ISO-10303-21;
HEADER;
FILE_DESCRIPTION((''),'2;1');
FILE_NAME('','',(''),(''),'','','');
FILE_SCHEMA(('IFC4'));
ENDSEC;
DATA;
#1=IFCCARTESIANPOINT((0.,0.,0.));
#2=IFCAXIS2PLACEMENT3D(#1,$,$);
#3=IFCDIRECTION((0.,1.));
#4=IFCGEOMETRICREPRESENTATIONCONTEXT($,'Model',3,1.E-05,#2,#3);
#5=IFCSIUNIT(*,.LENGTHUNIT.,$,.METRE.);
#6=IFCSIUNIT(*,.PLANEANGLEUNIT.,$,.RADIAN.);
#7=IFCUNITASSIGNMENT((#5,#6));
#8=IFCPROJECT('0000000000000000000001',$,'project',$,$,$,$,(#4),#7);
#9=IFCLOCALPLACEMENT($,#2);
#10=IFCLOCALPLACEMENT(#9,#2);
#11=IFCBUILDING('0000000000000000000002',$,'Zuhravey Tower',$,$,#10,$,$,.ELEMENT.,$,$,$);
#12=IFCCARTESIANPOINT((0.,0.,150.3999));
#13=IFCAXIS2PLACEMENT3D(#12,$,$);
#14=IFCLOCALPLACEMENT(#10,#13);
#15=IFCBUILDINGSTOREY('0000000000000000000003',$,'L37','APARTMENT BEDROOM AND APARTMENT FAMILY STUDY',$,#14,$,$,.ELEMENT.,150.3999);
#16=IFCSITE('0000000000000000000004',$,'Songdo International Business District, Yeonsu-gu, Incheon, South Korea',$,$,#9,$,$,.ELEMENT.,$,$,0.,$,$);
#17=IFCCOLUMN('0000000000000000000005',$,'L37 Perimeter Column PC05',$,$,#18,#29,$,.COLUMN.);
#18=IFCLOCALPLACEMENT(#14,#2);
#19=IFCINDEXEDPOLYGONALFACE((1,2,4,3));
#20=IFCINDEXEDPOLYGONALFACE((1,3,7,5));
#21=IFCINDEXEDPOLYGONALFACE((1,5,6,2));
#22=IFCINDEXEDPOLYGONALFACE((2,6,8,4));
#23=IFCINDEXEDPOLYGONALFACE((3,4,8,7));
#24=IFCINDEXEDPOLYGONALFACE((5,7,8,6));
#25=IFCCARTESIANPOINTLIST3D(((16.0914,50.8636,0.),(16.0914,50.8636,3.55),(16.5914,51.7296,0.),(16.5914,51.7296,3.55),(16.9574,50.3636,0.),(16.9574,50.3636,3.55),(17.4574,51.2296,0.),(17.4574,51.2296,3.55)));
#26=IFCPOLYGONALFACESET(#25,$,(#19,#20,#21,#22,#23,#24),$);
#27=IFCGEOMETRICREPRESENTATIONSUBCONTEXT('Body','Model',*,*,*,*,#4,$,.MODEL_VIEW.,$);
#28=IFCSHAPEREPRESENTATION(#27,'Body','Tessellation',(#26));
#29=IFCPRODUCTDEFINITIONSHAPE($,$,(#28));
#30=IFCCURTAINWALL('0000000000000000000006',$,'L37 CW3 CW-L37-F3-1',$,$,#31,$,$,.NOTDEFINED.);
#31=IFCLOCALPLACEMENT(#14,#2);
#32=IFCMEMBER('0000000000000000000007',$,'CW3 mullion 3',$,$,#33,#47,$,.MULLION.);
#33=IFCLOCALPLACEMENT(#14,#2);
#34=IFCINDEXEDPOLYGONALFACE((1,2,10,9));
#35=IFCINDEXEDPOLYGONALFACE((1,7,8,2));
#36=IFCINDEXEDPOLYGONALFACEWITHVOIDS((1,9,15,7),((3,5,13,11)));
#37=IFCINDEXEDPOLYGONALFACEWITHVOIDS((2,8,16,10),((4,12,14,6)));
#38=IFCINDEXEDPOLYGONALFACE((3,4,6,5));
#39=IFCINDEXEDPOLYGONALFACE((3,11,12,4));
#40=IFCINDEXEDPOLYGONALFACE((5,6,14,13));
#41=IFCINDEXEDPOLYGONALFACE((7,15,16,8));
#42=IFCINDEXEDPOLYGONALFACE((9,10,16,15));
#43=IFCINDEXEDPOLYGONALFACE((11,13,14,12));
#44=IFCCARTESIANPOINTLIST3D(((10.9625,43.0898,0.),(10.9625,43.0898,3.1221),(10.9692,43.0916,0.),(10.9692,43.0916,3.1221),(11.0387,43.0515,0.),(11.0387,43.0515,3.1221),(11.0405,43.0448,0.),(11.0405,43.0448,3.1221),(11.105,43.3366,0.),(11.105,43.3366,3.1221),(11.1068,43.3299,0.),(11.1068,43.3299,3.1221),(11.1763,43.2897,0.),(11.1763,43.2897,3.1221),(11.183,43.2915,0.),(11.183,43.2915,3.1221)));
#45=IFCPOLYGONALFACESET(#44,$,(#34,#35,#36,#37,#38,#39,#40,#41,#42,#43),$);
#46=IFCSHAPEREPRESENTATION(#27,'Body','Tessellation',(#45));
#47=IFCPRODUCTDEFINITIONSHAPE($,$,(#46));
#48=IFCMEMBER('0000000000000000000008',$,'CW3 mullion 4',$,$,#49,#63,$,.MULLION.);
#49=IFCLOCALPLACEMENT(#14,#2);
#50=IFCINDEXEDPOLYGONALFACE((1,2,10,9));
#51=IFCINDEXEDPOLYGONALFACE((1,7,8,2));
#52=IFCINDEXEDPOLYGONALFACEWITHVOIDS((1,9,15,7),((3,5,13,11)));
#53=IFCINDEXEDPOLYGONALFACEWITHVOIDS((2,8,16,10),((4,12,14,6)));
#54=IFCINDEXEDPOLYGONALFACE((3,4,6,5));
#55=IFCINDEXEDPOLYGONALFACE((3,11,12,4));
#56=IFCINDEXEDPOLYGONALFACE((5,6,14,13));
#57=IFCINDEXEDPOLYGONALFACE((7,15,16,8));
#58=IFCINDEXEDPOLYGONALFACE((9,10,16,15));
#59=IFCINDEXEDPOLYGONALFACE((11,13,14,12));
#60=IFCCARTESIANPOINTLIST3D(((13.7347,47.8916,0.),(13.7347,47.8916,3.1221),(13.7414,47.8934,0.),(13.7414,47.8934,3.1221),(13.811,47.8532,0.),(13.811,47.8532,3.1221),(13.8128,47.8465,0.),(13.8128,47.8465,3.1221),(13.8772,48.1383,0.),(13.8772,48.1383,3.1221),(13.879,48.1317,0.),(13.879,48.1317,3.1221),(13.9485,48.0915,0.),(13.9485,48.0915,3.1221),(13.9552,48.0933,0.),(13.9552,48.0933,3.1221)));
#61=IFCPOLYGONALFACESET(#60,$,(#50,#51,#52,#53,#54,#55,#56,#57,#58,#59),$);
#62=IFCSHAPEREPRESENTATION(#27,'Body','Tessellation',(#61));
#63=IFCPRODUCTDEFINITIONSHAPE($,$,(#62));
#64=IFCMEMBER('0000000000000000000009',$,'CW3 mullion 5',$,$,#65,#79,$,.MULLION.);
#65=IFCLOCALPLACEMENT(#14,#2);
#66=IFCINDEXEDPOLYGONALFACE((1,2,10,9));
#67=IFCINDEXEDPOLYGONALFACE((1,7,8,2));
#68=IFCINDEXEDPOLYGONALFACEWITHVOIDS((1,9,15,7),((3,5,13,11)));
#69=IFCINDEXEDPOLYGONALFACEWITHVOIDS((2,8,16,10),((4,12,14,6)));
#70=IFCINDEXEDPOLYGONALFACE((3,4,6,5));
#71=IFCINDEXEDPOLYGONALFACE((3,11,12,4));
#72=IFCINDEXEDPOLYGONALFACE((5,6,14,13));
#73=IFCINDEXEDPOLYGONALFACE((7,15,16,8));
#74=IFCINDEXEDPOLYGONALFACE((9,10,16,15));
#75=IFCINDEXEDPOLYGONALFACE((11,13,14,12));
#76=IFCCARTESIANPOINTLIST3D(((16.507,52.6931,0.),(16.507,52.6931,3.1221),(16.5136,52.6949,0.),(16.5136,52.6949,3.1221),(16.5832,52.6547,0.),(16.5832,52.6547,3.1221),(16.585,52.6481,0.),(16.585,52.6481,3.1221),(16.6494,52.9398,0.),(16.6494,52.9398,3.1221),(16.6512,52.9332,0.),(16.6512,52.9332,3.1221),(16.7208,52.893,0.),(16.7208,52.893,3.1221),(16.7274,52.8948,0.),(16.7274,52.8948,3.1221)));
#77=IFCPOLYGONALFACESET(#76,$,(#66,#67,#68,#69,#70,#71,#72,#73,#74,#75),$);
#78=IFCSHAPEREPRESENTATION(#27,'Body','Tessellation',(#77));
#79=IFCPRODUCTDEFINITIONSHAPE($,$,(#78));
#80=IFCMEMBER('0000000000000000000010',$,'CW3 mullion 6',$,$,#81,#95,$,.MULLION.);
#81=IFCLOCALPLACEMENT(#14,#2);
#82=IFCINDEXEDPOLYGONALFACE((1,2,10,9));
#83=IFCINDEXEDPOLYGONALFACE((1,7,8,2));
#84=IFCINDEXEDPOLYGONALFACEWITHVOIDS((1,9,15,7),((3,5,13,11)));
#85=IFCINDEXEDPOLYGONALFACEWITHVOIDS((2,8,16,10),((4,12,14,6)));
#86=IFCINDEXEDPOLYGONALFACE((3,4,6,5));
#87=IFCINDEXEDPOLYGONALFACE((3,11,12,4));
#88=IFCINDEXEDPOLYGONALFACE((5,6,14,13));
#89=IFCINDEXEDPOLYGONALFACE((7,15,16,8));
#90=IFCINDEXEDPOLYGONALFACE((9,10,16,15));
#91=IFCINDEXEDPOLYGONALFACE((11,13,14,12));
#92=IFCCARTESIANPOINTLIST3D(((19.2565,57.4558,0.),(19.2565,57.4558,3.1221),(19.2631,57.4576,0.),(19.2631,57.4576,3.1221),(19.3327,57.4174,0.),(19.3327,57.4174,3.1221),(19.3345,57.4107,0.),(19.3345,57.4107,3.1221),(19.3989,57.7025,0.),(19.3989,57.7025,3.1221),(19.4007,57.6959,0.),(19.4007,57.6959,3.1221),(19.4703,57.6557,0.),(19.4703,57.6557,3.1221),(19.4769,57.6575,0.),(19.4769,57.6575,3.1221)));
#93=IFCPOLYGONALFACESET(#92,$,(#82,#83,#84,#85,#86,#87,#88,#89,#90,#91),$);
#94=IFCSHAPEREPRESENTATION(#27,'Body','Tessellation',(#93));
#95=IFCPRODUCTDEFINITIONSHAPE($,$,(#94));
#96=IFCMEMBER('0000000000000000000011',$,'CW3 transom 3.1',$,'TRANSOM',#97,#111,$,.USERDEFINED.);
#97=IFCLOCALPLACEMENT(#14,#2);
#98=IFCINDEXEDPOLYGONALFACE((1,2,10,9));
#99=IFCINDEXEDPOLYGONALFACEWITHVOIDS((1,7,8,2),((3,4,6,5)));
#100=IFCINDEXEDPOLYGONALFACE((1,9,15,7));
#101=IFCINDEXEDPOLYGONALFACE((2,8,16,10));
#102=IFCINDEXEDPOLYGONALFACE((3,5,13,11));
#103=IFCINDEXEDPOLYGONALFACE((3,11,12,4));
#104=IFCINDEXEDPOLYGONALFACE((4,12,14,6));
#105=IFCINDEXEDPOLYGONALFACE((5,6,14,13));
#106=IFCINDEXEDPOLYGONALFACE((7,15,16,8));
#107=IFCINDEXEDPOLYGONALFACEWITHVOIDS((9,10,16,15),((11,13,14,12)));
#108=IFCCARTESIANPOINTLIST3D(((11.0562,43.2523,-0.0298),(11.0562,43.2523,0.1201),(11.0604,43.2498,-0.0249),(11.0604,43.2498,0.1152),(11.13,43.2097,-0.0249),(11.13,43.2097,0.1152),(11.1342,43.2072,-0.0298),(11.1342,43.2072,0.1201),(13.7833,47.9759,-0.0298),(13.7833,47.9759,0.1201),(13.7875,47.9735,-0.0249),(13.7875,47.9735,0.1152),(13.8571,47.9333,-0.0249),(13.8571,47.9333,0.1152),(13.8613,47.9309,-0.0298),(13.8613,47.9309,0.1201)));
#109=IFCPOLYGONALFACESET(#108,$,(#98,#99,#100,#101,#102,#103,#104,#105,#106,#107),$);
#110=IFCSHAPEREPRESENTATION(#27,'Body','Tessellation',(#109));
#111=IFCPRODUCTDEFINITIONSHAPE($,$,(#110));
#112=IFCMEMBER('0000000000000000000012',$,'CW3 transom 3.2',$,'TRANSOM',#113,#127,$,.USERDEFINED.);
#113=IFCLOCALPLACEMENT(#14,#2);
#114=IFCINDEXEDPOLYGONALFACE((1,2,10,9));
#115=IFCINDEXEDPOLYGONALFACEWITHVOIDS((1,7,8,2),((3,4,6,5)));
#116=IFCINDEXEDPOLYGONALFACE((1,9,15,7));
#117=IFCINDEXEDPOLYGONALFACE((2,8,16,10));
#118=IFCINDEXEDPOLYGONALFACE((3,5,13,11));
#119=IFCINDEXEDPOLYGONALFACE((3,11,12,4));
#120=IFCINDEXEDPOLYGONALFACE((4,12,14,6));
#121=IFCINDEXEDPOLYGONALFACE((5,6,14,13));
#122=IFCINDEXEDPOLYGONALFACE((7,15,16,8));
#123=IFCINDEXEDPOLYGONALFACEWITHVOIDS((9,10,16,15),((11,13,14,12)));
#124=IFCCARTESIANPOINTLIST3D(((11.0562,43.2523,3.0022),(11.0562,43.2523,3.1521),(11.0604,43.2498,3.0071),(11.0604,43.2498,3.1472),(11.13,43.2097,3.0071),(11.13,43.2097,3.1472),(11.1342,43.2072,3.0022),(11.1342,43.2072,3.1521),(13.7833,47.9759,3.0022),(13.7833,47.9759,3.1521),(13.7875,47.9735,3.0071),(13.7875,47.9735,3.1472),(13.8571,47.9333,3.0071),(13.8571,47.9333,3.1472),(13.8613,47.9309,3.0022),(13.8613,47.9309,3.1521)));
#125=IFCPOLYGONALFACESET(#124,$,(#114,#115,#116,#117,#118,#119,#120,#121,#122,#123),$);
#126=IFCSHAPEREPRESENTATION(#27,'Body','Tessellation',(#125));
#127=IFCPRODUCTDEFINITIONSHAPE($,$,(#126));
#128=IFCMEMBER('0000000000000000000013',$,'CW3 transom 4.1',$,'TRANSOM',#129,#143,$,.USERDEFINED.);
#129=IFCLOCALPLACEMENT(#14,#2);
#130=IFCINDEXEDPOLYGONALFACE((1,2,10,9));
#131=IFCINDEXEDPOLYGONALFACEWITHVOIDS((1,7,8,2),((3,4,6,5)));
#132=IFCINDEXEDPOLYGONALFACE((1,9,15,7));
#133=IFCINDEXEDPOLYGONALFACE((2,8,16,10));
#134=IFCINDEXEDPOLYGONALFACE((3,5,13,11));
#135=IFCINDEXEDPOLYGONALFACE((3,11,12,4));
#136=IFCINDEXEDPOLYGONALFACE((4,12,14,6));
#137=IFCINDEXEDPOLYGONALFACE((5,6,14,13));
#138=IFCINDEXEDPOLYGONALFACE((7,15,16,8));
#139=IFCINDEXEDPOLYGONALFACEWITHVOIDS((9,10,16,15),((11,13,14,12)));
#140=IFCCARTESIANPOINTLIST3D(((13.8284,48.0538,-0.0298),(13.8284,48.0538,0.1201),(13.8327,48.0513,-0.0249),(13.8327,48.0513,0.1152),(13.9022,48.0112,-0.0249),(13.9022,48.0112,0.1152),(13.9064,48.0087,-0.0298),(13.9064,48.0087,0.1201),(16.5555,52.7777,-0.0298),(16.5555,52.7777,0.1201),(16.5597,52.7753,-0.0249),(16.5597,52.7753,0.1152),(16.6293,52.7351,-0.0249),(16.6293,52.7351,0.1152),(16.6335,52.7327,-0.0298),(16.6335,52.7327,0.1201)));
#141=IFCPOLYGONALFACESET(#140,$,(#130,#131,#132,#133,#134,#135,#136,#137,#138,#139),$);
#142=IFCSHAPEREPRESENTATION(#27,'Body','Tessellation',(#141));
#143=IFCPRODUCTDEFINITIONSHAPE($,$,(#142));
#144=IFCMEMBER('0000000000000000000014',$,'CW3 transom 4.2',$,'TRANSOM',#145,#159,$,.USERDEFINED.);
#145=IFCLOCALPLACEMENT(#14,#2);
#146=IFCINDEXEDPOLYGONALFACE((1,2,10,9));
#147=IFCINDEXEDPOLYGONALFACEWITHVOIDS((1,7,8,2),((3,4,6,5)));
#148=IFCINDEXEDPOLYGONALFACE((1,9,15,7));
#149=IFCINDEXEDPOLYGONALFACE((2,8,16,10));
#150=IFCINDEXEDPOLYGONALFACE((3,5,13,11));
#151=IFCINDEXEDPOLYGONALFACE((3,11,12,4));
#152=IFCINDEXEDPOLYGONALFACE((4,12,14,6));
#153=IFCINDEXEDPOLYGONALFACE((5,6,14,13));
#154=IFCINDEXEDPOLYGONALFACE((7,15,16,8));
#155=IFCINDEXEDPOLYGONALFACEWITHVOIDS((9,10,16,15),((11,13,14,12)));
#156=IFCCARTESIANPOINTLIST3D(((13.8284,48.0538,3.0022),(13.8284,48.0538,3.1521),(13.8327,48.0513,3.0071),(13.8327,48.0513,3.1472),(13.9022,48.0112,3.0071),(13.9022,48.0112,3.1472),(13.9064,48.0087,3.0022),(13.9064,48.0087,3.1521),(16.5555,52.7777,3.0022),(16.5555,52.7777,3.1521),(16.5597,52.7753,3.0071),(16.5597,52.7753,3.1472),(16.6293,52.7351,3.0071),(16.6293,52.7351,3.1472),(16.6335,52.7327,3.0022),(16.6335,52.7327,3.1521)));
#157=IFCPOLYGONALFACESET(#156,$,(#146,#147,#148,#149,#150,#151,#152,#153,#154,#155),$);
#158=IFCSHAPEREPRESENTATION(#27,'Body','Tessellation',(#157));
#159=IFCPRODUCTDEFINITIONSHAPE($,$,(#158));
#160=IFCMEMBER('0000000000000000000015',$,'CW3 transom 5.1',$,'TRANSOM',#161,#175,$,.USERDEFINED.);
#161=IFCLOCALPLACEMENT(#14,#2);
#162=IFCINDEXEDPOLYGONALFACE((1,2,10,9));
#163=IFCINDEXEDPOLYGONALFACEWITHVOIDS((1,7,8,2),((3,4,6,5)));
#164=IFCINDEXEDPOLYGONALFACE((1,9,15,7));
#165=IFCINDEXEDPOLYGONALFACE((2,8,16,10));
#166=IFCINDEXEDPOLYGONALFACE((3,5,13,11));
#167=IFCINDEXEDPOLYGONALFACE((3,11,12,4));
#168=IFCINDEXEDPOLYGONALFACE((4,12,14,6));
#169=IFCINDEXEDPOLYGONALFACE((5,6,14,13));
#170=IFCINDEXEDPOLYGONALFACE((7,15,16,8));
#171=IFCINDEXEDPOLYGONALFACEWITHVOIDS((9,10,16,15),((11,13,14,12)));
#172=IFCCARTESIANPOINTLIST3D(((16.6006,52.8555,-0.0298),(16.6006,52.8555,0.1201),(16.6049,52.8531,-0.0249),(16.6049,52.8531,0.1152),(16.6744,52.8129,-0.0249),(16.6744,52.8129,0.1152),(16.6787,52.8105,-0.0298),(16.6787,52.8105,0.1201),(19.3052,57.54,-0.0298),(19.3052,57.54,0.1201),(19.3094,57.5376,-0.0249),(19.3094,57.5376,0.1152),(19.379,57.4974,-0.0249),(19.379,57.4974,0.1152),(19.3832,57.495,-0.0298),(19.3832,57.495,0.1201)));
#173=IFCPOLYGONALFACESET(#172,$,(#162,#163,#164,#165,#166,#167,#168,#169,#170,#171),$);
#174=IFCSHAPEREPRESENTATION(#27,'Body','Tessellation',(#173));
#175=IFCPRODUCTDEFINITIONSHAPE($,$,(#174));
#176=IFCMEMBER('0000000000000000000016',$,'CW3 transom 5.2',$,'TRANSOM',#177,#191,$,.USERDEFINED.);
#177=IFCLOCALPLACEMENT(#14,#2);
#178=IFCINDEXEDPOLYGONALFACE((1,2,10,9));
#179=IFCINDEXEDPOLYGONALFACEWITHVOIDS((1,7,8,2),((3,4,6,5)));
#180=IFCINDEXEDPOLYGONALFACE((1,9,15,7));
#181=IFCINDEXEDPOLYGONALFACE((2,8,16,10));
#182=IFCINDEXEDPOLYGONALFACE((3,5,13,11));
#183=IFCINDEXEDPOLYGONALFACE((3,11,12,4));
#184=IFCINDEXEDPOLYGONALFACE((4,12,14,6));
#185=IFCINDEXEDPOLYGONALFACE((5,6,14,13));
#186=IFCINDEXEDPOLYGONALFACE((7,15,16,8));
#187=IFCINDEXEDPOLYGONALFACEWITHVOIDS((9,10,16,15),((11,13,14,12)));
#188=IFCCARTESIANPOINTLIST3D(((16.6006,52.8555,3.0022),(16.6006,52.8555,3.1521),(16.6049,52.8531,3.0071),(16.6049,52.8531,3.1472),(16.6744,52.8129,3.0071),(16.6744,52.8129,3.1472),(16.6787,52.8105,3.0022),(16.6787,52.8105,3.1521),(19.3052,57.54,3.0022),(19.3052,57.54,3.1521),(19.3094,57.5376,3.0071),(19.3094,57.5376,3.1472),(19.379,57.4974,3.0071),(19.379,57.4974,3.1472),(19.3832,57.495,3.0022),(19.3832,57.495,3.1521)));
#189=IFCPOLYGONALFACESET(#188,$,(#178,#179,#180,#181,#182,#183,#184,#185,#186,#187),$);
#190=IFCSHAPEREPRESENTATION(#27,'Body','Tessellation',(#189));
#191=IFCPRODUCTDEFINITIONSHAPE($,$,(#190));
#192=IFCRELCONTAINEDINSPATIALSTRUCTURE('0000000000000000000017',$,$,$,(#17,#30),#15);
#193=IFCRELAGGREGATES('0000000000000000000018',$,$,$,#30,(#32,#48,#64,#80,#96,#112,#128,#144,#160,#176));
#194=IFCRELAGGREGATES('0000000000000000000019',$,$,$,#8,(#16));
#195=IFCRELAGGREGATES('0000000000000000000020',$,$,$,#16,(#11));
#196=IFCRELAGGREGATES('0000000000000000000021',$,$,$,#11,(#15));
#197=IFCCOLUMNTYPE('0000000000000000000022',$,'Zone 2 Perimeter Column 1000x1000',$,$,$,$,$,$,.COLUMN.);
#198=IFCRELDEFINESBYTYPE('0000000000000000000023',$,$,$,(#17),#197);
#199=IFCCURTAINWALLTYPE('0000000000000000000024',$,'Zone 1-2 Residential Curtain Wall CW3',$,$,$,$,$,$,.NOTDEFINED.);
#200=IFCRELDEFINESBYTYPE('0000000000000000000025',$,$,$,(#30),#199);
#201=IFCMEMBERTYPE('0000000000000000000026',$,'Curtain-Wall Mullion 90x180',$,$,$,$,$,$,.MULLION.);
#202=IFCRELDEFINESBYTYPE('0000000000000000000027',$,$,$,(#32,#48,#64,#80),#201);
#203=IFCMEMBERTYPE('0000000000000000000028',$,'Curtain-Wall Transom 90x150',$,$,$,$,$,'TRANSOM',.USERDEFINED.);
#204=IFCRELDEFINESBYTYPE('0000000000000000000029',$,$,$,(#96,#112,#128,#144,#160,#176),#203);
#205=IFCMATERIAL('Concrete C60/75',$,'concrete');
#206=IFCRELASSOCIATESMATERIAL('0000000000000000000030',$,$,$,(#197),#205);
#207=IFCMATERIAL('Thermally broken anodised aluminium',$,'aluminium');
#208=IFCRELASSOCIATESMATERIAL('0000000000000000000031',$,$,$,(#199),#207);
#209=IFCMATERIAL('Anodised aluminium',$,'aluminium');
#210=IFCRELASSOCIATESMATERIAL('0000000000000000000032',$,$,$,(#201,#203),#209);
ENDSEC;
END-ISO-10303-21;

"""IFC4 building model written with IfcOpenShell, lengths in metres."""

from ifc_helpers import new_model, si_unit, direction, frame, origin, origin_2d, place, context, subcontext, project, spatial, rectangle, hollow_rectangle, extrude, material, material_profile, profile_set, type_object, element, aggregate, save


model = new_model("IFC4")

# Units and contexts
model_context = context("Model", 3, precision=1e-05, world=origin(), true_north=direction((0.0, 1.0)))
body_context = subcontext(model_context, "Body", "Model", "MODEL_VIEW")
ifc_project = project(units=[si_unit("LENGTHUNIT", "METRE"), si_unit("PLANEANGLEUNIT", "RADIAN")], contexts=[model_context])

# Site, building, storey
site_placement = place(None, origin())
site = spatial("IfcSite", under=ifc_project, at=site_placement, Name="Songdo International Business District, Yeonsu-gu, Incheon, South Korea", CompositionType="ELEMENT", RefElevation=0.0)
building_placement = place(site_placement, origin())
building = spatial("IfcBuilding", under=site, at=building_placement, Name="Zuhravey Tower", CompositionType="ELEMENT")
storey_placement = place(building_placement, frame((0.0, 0.0, 150.3999)))
storey = spatial("IfcBuildingStorey", under=building, at=storey_placement, Name="L37", Description="APARTMENT BEDROOM AND APARTMENT FAMILY STUDY", CompositionType="ELEMENT", Elevation=150.3999)

# Column
ifc_material_1 = material(Name="Concrete C60/75", Category="concrete")
ifc_material_profile_1 = material_profile(ifc_material_1, rectangle(XDim=1.0, YDim=1.0, at=origin_2d()), Name="RC-1000x1000")
ifc_profile_set_1 = profile_set([ifc_material_profile_1], Name="Concrete C60/75")
column_type = type_object("IfcColumnType", Name="Zone 2 Perimeter Column 1000x1000", PredefinedType="COLUMN", material=ifc_profile_set_1)
column_placement = place(storey_placement, frame((16.7744, 51.0466, 0.0), z_axis=(0.0, 0.0, 1.0), x_axis=(-0.5, -0.866025, 0.0)))
element("IfcColumn", 1, at=column_placement, inside=storey, type_object=column_type, Name="L37 Perimeter Column PC05", PredefinedType="COLUMN", context=body_context, shape_type="SweptSolid", body=[
    extrude(rectangle(XDim=1.0, YDim=1.0, at=origin_2d()), origin(), (0.0, 0.0, 1.0), 3.55),
])

# Curtain wall, members
ifc_material_2 = material(Name="Thermally broken anodised aluminium", Category="aluminium")
curtain_wall_type = type_object("IfcCurtainWallType", Name="Zone 1-2 Residential Curtain Wall CW3", PredefinedType="NOTDEFINED", material=ifc_material_2)
curtain_wall_placement = place(storey_placement, origin())
curtain_wall = element("IfcCurtainWall", 2, at=curtain_wall_placement, inside=storey, type_object=curtain_wall_type, Name="L37 CW3 CW-L37-F3-1", PredefinedType="NOTDEFINED")
ifc_material_3 = material(Name="Anodised aluminium", Category="aluminium")
ifc_material_profile_2 = material_profile(ifc_material_3, hollow_rectangle(XDim=0.0901, YDim=0.2849, WallThickness=0.0049, at=origin_2d()), Name="ALU-RHS-90x285x5")
ifc_profile_set_2 = profile_set([ifc_material_profile_2], Name="Anodised aluminium")
member_type_1 = type_object("IfcMemberType", Name="Curtain-Wall Mullion 90x180", PredefinedType="MULLION", material=ifc_profile_set_2)
member_1_placement = place(storey_placement, frame((11.0728, 43.1907, 0.0), z_axis=(0.0, 0.0, 1.0), x_axis=(-0.866025, 0.5, 0.0)))
member_1 = element("IfcMember", 3, at=member_1_placement, type_object=member_type_1, Name="CW3 mullion 3", PredefinedType="MULLION", context=body_context, shape_type="SweptSolid", body=[
    extrude(hollow_rectangle(XDim=0.0901, YDim=0.2849, WallThickness=0.0049, at=origin_2d()), origin(), (0.0, 0.0, 1.0), 3.1221),
])
member_2_placement = place(storey_placement, frame((13.845, 47.9924, 0.0), z_axis=(0.0, 0.0, 1.0), x_axis=(-0.866025, 0.5, 0.0)))
member_2 = element("IfcMember", 4, at=member_2_placement, type_object=member_type_1, Name="CW3 mullion 4", PredefinedType="MULLION", context=body_context, shape_type="SweptSolid", body=[
    extrude(hollow_rectangle(XDim=0.0901, YDim=0.2849, WallThickness=0.0049, at=origin_2d()), origin(), (0.0, 0.0, 1.0), 3.1221),
])
member_3_placement = place(storey_placement, frame((16.6172, 52.7939, 0.0), z_axis=(0.0, 0.0, 1.0), x_axis=(-0.866025, 0.5, 0.0)))
member_3 = element("IfcMember", 5, at=member_3_placement, type_object=member_type_1, Name="CW3 mullion 5", PredefinedType="MULLION", context=body_context, shape_type="SweptSolid", body=[
    extrude(hollow_rectangle(XDim=0.0901, YDim=0.2849, WallThickness=0.0049, at=origin_2d()), origin(), (0.0, 0.0, 1.0), 3.1221),
])
member_4_placement = place(storey_placement, frame((19.3667, 57.5566, 0.0), z_axis=(0.0, 0.0, 1.0), x_axis=(-0.866025, 0.5, 0.0)))
member_4 = element("IfcMember", 6, at=member_4_placement, type_object=member_type_1, Name="CW3 mullion 6", PredefinedType="MULLION", context=body_context, shape_type="SweptSolid", body=[
    extrude(hollow_rectangle(XDim=0.0901, YDim=0.2849, WallThickness=0.0049, at=origin_2d()), origin(), (0.0, 0.0, 1.0), 3.1221),
])
ifc_material_profile_3 = material_profile(ifc_material_3, hollow_rectangle(XDim=0.0901, YDim=0.1499, WallThickness=0.0049, at=origin_2d()), Name="ALU-RHS-90x150x5")
ifc_profile_set_3 = profile_set([ifc_material_profile_3], Name="Anodised aluminium")
member_type_2 = type_object("IfcMemberType", Name="Curtain-Wall Transom 90x150", ElementType="TRANSOM", PredefinedType="USERDEFINED", material=ifc_profile_set_3)
member_5_placement = place(storey_placement, frame((11.0952, 43.2297, 0.0452), z_axis=(0.499981, 0.866037, 0.0), x_axis=(-0.866037, 0.499981, 0.0)))
member_5 = element("IfcMember", 7, at=member_5_placement, type_object=member_type_2, Name="CW3 transom 3.1", ObjectType="TRANSOM", PredefinedType="USERDEFINED", context=body_context, shape_type="SweptSolid", body=[
    extrude(hollow_rectangle(XDim=0.0901, YDim=0.1499, WallThickness=0.0049, at=origin_2d()), origin(), (0.0, 0.0, 1.0), 5.4543),
])
member_6_placement = place(storey_placement, frame((11.0952, 43.2297, 3.0771), z_axis=(0.499981, 0.866037, 0.0), x_axis=(-0.866037, 0.499981, 0.0)))
member_6 = element("IfcMember", 8, at=member_6_placement, type_object=member_type_2, Name="CW3 transom 3.2", ObjectType="TRANSOM", PredefinedType="USERDEFINED", context=body_context, shape_type="SweptSolid", body=[
    extrude(hollow_rectangle(XDim=0.0901, YDim=0.1499, WallThickness=0.0049, at=origin_2d()), origin(), (0.0, 0.0, 1.0), 5.4543),
])
member_7_placement = place(storey_placement, frame((13.8674, 48.0312, 0.0452), z_axis=(0.499961, 0.866048, 0.0), x_axis=(-0.866048, 0.499961, 0.0)))
member_7 = element("IfcMember", 9, at=member_7_placement, type_object=member_type_2, Name="CW3 transom 4.1", ObjectType="TRANSOM", PredefinedType="USERDEFINED", context=body_context, shape_type="SweptSolid", body=[
    extrude(hollow_rectangle(XDim=0.0901, YDim=0.1499, WallThickness=0.0049, at=origin_2d()), origin(), (0.0, 0.0, 1.0), 5.4546),
])
member_8_placement = place(storey_placement, frame((13.8674, 48.0312, 3.0771), z_axis=(0.499961, 0.866048, 0.0), x_axis=(-0.866048, 0.499961, 0.0)))
member_8 = element("IfcMember", 10, at=member_8_placement, type_object=member_type_2, Name="CW3 transom 4.2", ObjectType="TRANSOM", PredefinedType="USERDEFINED", context=body_context, shape_type="SweptSolid", body=[
    extrude(hollow_rectangle(XDim=0.0901, YDim=0.1499, WallThickness=0.0049, at=origin_2d()), origin(), (0.0, 0.0, 1.0), 5.4546),
])
member_9_placement = place(storey_placement, frame((16.6396, 52.833, 0.0452), z_axis=(0.499993, 0.866029, 0.0), x_axis=(-0.866029, 0.499993, 0.0)))
member_9 = element("IfcMember", 11, at=member_9_placement, type_object=member_type_2, Name="CW3 transom 5.1", ObjectType="TRANSOM", PredefinedType="USERDEFINED", context=body_context, shape_type="SweptSolid", body=[
    extrude(hollow_rectangle(XDim=0.0901, YDim=0.1499, WallThickness=0.0049, at=origin_2d()), origin(), (0.0, 0.0, 1.0), 5.4092),
])
member_10_placement = place(storey_placement, frame((16.6396, 52.833, 3.0771), z_axis=(0.499993, 0.866029, 0.0), x_axis=(-0.866029, 0.499993, 0.0)))
member_10 = element("IfcMember", 12, at=member_10_placement, type_object=member_type_2, Name="CW3 transom 5.2", ObjectType="TRANSOM", PredefinedType="USERDEFINED", context=body_context, shape_type="SweptSolid", body=[
    extrude(hollow_rectangle(XDim=0.0901, YDim=0.1499, WallThickness=0.0049, at=origin_2d()), origin(), (0.0, 0.0, 1.0), 5.4092),
])

aggregate(curtain_wall, [member_1, member_2, member_3, member_4, member_5, member_6, member_7, member_8, member_9, member_10])

save(model, "model.ifc")
